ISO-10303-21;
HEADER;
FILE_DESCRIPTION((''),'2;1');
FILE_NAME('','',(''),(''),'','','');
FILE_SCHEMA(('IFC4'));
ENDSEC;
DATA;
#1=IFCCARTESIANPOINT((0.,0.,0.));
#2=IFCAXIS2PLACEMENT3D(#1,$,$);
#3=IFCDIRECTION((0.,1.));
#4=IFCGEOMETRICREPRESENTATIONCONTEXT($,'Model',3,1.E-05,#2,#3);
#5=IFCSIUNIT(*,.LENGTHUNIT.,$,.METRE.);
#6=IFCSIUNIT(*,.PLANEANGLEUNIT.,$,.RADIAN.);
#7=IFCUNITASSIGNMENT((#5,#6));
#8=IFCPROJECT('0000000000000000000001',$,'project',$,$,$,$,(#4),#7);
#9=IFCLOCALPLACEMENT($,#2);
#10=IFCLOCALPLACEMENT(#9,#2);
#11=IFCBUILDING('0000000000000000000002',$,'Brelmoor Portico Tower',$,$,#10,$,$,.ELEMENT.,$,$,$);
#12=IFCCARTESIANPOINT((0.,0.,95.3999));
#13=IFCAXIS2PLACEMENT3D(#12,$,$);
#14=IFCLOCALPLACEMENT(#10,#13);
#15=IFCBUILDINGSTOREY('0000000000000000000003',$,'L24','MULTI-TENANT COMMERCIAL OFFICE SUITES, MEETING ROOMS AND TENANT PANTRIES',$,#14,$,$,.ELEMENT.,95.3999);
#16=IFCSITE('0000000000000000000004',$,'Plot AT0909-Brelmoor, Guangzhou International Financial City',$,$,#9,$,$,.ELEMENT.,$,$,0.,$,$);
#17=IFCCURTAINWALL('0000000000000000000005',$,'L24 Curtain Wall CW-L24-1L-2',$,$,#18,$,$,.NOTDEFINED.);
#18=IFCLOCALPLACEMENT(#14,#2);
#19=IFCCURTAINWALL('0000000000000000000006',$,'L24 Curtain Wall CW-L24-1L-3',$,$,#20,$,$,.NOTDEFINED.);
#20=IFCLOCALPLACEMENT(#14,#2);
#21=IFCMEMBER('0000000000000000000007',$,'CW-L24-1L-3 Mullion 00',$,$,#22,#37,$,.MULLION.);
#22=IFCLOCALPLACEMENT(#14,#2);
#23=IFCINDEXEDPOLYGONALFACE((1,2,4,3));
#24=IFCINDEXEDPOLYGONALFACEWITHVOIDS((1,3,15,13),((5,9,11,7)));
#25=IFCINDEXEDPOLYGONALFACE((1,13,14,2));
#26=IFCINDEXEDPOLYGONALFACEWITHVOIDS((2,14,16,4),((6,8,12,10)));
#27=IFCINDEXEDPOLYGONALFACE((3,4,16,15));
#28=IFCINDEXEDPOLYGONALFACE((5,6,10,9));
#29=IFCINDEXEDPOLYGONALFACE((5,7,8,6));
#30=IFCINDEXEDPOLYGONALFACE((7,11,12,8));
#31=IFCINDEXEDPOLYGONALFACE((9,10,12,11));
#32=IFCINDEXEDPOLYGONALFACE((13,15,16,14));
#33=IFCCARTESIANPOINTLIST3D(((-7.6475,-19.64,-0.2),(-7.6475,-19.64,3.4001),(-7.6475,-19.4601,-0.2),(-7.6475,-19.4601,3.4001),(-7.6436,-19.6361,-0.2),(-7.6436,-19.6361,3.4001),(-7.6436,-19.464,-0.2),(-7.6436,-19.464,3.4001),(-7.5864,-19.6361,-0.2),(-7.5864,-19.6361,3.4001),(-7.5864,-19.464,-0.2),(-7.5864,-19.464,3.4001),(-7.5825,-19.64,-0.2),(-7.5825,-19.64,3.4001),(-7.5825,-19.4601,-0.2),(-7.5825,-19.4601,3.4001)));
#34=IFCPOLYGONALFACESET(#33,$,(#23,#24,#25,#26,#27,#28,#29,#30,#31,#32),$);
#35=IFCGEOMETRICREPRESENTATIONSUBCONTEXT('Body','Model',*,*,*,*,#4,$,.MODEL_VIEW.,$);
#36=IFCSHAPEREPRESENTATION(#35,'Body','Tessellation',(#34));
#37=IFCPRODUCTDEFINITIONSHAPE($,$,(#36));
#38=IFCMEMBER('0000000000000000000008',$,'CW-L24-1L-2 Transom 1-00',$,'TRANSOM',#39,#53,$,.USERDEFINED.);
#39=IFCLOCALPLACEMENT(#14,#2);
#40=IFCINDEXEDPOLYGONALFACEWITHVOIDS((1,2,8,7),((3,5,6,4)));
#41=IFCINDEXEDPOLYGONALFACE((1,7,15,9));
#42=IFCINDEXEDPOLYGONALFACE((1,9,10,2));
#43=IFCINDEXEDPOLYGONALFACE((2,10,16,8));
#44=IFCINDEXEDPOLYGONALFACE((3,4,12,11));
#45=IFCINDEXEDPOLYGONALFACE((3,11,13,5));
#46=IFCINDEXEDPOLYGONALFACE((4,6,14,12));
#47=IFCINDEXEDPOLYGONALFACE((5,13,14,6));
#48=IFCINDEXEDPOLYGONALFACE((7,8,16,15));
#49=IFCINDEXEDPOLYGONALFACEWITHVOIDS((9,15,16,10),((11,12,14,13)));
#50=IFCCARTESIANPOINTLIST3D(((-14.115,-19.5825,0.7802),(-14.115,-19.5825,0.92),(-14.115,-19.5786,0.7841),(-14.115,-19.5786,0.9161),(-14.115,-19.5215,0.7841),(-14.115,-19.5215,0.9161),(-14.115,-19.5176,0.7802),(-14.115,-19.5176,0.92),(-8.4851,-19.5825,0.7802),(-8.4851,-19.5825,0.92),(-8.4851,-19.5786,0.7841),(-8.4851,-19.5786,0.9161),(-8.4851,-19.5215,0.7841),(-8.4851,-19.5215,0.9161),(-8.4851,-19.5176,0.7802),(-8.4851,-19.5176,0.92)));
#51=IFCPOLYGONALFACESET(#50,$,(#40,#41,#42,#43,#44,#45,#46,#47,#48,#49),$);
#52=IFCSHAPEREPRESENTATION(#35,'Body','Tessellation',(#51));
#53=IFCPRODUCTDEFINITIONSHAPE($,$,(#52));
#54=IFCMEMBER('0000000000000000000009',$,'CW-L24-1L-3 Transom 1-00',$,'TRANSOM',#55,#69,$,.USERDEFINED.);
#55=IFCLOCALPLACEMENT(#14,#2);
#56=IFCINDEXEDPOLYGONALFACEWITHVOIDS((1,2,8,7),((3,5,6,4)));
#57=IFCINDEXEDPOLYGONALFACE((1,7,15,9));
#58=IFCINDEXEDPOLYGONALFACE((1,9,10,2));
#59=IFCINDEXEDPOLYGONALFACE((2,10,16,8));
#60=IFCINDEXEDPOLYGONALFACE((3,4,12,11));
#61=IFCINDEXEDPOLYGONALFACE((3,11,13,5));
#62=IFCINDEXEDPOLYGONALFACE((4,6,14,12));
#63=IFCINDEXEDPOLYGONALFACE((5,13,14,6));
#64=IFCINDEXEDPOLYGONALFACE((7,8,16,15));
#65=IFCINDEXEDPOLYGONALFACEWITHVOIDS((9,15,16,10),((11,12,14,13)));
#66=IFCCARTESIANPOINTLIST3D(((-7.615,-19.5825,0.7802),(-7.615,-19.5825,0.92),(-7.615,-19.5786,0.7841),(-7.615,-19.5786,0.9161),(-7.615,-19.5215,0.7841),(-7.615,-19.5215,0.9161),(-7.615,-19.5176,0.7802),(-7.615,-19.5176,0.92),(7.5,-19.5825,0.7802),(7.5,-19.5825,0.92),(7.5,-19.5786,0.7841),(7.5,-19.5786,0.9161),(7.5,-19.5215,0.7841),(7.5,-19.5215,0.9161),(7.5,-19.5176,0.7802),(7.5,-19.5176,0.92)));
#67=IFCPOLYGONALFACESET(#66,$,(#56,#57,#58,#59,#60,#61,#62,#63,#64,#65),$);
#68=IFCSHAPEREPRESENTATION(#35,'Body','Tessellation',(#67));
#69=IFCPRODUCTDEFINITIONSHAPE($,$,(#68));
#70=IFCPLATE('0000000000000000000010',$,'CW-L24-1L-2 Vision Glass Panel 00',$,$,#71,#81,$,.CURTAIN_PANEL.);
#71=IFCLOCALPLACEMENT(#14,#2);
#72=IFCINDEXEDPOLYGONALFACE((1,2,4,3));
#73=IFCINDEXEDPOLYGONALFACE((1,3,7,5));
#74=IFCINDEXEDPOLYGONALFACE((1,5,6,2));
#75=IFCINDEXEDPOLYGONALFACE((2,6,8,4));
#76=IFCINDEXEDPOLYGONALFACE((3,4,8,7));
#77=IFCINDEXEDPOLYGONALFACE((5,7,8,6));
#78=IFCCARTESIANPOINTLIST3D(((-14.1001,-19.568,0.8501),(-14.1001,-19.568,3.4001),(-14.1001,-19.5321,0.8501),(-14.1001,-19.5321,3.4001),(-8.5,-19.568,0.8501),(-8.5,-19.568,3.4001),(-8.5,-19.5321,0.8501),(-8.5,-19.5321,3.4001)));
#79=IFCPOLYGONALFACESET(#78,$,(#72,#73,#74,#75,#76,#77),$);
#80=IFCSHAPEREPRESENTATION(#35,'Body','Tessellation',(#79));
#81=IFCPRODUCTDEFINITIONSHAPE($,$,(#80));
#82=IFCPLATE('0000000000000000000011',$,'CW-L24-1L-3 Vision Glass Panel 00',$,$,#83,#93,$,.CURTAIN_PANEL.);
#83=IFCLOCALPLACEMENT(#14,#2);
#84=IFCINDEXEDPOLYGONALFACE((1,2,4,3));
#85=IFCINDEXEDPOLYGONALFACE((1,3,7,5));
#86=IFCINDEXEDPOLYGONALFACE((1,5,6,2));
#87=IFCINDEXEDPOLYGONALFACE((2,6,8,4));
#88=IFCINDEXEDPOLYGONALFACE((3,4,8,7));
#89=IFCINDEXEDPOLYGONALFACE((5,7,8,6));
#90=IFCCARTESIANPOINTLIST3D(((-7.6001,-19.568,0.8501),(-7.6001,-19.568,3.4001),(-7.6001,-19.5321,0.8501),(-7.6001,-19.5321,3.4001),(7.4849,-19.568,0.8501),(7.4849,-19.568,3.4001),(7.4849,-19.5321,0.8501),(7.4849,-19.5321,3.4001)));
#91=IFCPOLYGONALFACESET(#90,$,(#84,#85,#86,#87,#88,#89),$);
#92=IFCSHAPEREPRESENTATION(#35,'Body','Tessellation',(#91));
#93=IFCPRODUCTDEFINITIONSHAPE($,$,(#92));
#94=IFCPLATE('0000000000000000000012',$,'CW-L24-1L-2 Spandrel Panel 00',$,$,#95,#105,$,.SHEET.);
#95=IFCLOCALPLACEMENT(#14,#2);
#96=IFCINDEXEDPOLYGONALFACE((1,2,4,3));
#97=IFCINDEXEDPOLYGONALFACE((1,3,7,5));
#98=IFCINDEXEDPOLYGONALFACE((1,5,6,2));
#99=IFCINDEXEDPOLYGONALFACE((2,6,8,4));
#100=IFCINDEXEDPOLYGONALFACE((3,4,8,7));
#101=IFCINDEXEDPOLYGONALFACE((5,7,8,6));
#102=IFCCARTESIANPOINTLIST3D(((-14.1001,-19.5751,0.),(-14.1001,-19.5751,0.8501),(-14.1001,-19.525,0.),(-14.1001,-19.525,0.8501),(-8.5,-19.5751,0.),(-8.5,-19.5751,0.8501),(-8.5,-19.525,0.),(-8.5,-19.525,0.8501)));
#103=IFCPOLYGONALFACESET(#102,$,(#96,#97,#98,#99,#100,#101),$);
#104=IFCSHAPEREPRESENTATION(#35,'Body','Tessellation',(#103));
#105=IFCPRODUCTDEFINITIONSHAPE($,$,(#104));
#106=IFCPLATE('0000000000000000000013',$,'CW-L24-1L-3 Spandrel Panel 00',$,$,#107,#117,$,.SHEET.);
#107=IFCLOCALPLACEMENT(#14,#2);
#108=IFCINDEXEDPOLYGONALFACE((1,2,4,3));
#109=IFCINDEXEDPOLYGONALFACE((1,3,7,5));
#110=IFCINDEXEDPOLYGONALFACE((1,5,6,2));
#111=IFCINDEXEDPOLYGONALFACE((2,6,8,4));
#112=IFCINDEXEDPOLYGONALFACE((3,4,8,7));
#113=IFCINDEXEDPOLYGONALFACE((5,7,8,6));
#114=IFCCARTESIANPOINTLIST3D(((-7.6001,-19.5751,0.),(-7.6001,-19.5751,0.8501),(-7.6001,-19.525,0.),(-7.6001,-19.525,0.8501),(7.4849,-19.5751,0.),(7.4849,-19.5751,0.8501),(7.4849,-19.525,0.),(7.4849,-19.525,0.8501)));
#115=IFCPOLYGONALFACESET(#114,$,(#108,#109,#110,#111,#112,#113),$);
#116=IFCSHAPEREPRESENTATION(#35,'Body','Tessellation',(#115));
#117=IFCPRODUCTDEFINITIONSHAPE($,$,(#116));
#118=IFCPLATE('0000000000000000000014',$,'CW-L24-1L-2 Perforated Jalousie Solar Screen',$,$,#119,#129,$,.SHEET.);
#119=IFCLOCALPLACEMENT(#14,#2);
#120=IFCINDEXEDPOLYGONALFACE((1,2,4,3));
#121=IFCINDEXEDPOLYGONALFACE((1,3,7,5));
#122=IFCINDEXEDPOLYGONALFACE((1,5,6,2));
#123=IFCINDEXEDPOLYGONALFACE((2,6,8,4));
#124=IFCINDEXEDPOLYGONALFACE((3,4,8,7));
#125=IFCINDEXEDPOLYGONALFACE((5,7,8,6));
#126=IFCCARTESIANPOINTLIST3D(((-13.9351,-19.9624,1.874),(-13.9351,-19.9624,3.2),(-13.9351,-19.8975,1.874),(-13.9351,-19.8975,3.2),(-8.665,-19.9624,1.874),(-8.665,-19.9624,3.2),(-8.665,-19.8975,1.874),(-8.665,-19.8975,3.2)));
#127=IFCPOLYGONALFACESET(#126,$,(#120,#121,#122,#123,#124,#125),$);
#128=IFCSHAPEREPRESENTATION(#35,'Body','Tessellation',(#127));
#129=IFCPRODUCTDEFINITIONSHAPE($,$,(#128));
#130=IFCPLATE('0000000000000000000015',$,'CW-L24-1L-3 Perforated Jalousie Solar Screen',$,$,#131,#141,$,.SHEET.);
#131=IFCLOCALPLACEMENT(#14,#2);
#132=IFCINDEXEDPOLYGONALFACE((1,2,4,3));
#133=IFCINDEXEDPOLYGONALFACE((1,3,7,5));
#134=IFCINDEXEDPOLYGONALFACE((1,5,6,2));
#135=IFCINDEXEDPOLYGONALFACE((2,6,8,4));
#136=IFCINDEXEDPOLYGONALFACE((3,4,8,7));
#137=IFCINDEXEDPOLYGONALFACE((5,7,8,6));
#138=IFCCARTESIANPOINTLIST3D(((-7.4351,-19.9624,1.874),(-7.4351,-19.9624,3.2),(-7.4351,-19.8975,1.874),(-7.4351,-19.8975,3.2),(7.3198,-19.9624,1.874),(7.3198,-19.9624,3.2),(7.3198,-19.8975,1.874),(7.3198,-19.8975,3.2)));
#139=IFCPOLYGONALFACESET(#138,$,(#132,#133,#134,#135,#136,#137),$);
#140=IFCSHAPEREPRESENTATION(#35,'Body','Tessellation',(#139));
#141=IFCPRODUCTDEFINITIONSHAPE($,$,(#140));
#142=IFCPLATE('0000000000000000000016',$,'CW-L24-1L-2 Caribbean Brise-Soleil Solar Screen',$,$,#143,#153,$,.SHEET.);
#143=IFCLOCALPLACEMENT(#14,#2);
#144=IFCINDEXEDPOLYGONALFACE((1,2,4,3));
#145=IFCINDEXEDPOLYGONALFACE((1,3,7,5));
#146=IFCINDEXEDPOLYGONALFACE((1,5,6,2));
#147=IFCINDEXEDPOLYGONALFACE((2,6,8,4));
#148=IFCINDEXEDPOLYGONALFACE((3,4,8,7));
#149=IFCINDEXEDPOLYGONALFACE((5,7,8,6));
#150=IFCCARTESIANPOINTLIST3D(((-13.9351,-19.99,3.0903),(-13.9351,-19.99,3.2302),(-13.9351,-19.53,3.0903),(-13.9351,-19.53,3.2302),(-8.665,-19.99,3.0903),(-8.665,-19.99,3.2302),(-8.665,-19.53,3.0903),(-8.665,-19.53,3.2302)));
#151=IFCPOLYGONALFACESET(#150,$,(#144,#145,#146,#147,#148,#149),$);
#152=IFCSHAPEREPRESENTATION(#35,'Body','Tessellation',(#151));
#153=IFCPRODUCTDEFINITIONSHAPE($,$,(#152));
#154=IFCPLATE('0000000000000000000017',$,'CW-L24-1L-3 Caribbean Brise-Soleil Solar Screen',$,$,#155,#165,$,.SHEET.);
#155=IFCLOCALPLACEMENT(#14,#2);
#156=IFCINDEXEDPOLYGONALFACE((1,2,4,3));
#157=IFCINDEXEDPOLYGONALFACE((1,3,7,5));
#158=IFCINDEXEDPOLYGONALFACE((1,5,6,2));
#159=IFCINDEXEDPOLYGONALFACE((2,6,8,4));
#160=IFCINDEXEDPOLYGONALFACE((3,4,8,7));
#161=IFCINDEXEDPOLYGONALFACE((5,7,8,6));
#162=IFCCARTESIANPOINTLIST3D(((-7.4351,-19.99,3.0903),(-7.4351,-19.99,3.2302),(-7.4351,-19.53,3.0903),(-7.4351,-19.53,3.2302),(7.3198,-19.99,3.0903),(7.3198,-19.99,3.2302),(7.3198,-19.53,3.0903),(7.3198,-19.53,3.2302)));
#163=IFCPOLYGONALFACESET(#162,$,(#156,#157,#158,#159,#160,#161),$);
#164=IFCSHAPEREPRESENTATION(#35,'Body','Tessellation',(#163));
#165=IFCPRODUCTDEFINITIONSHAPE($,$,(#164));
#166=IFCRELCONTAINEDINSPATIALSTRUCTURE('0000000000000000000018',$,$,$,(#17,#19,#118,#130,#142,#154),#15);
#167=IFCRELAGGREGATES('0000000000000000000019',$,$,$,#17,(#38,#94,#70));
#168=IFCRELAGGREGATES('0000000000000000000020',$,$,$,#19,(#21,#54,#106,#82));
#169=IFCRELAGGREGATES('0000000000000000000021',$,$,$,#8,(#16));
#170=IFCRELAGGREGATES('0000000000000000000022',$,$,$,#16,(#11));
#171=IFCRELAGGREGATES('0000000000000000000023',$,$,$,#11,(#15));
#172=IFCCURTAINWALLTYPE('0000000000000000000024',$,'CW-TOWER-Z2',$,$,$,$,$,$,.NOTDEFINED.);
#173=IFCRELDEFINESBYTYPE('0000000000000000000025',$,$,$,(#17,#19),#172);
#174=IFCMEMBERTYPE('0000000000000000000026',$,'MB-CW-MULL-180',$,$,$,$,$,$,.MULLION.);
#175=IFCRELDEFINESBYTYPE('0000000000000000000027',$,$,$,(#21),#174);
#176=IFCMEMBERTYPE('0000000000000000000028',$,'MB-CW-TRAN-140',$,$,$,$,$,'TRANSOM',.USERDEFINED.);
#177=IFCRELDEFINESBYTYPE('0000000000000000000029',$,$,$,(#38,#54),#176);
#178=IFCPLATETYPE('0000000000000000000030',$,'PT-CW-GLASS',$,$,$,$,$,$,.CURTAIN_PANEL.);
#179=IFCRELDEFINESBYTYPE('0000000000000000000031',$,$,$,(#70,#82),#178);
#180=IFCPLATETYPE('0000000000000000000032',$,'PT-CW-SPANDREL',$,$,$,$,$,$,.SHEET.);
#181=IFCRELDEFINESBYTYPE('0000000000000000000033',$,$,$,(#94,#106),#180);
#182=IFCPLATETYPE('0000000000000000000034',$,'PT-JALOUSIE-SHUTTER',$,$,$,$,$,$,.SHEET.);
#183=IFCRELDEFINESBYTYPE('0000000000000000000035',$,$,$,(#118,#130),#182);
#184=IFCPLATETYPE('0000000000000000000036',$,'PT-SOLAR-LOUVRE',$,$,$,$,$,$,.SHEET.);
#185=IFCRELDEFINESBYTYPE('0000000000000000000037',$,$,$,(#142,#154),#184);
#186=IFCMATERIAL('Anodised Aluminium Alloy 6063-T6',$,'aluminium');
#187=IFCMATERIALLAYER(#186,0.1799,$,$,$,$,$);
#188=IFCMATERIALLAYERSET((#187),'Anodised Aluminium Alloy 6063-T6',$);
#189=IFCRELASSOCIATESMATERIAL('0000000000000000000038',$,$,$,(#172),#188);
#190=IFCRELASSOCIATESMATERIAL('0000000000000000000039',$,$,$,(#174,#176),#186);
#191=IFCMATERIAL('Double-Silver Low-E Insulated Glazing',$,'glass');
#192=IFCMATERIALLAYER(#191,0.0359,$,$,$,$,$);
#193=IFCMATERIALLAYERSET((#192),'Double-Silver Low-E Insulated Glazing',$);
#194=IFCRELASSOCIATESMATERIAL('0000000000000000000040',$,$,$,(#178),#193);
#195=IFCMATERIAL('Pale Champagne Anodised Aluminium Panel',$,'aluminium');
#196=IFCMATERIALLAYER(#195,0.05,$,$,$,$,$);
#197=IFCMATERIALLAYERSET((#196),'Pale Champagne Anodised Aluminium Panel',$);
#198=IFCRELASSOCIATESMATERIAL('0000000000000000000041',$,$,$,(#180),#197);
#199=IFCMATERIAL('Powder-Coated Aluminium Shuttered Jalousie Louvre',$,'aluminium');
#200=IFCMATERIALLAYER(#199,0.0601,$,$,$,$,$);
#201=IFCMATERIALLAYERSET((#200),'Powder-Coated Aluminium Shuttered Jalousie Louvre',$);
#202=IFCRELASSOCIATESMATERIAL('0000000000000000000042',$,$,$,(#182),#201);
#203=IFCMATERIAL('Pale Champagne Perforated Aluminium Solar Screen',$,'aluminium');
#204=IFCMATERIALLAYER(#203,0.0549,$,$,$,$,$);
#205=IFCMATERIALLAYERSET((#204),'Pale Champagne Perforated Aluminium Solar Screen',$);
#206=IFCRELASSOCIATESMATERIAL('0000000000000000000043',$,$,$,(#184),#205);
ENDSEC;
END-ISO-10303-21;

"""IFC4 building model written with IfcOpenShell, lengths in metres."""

from ifc_helpers import new_model, si_unit, direction, frame, origin, origin_2d, place, context, subcontext, project, spatial, rectangle, hollow_rectangle, extrude, material, layer, layer_set, material_profile, profile_set, type_object, element, aggregate, save


model = new_model("IFC4")

# Units and contexts
model_context = context("Model", 3, precision=1e-05, world=origin(), true_north=direction((0.0, 1.0)))
body_context = subcontext(model_context, "Body", "Model", "MODEL_VIEW")
ifc_project = project(units=[si_unit("LENGTHUNIT", "METRE"), si_unit("PLANEANGLEUNIT", "RADIAN")], contexts=[model_context])

# Site, building, storey
site_placement = place(None, origin())
site = spatial("IfcSite", under=ifc_project, at=site_placement, Name="Plot AT0909-Brelmoor, Guangzhou International Financial City", CompositionType="ELEMENT", RefElevation=0.0)
building_placement = place(site_placement, origin())
building = spatial("IfcBuilding", under=site, at=building_placement, Name="Brelmoor Portico Tower", CompositionType="ELEMENT")
storey_placement = place(building_placement, frame((0.0, 0.0, 95.3999)))
storey = spatial("IfcBuildingStorey", under=building, at=storey_placement, Name="L24", Description="MULTI-TENANT COMMERCIAL OFFICE SUITES, MEETING ROOMS AND TENANT PANTRIES", CompositionType="ELEMENT", Elevation=95.3999)

# Curtain wall
ifc_material_1 = material(Name="Anodised Aluminium Alloy 6063-T6", Category="aluminium")
ifc_layer_1 = layer(ifc_material_1, 0.1799)
ifc_layer_set_1 = layer_set([ifc_layer_1], Name="Anodised Aluminium Alloy 6063-T6")
curtain_wall_type = type_object("IfcCurtainWallType", Name="CW-TOWER-Z2", PredefinedType="NOTDEFINED", material=ifc_layer_set_1)
curtain_wall_1_placement = place(storey_placement, origin())
curtain_wall_1 = element("IfcCurtainWall", 1, at=curtain_wall_1_placement, inside=storey, type_object=curtain_wall_type, Name="L24 Curtain Wall CW-L24-1L-2", PredefinedType="NOTDEFINED")
ifc_material_profile_1 = material_profile(ifc_material_1, hollow_rectangle(XDim=0.0649, YDim=0.1799, WallThickness=0.0039, at=origin_2d()), Name="ALU MULLION 65x180")
ifc_profile_set_1 = profile_set([ifc_material_profile_1], Name="Anodised Aluminium Alloy 6063-T6")
member_type_1 = type_object("IfcMemberType", Name="MB-CW-MULL-180", PredefinedType="MULLION", material=ifc_profile_set_1)

# Curtain wall, member
curtain_wall_2_placement = place(storey_placement, origin())
curtain_wall_2 = element("IfcCurtainWall", 2, at=curtain_wall_2_placement, inside=storey, type_object=curtain_wall_type, Name="L24 Curtain Wall CW-L24-1L-3", PredefinedType="NOTDEFINED")
member_1_placement = place(storey_placement, frame((-7.615, -19.55, -0.2), z_axis=(0.0, 0.0, 1.0), x_axis=(1.0, 0.0, 0.0)))
member_1 = element("IfcMember", 3, at=member_1_placement, type_object=member_type_1, Name="CW-L24-1L-3 Mullion 00", PredefinedType="MULLION", context=body_context, shape_type="SweptSolid", body=[
    extrude(hollow_rectangle(XDim=0.0649, YDim=0.1799, WallThickness=0.0039, at=origin_2d()), origin(), (0.0, 0.0, 1.0), 3.6001),
])

# Members
ifc_material_profile_2 = material_profile(ifc_material_1, hollow_rectangle(XDim=0.0649, YDim=0.1399, WallThickness=0.0039, at=origin_2d()), Name="ALU TRANSOM 65x140")
ifc_profile_set_2 = profile_set([ifc_material_profile_2], Name="Anodised Aluminium Alloy 6063-T6")
member_type_2 = type_object("IfcMemberType", Name="MB-CW-TRAN-140", ElementType="TRANSOM", PredefinedType="USERDEFINED", material=ifc_profile_set_2)
member_2_placement = place(storey_placement, frame((-14.115, -19.55, 0.8501), z_axis=(1.0, 0.0, 0.0), x_axis=(0.0, 1.0, 0.0)))
member_2 = element("IfcMember", 4, at=member_2_placement, type_object=member_type_2, Name="CW-L24-1L-2 Transom 1-00", ObjectType="TRANSOM", PredefinedType="USERDEFINED", context=body_context, shape_type="SweptSolid", body=[
    extrude(hollow_rectangle(XDim=0.0649, YDim=0.1399, WallThickness=0.0039, at=origin_2d()), origin(), (0.0, 0.0, 1.0), 5.6299),
])
member_3_placement = place(storey_placement, frame((-7.615, -19.55, 0.8501), z_axis=(1.0, 0.0, 0.0), x_axis=(0.0, 1.0, 0.0)))
member_3 = element("IfcMember", 5, at=member_3_placement, type_object=member_type_2, Name="CW-L24-1L-3 Transom 1-00", ObjectType="TRANSOM", PredefinedType="USERDEFINED", context=body_context, shape_type="SweptSolid", body=[
    extrude(hollow_rectangle(XDim=0.0649, YDim=0.1399, WallThickness=0.0039, at=origin_2d()), origin(), (0.0, 0.0, 1.0), 15.115),
])

# Plates
ifc_material_2 = material(Name="Double-Silver Low-E Insulated Glazing", Category="glass")
ifc_layer_2 = layer(ifc_material_2, 0.0359)
ifc_layer_set_2 = layer_set([ifc_layer_2], Name="Double-Silver Low-E Insulated Glazing")
plate_type_1 = type_object("IfcPlateType", Name="PT-CW-GLASS", PredefinedType="CURTAIN_PANEL", material=ifc_layer_set_2)
plate_1_placement = place(storey_placement, frame((-11.3, -19.55, 0.8501), z_axis=(0.0, 0.0, 1.0), x_axis=(1.0, 0.0, 0.0)))
plate_1 = element("IfcPlate", 6, at=plate_1_placement, type_object=plate_type_1, Name="CW-L24-1L-2 Vision Glass Panel 00", PredefinedType="CURTAIN_PANEL", context=body_context, shape_type="SweptSolid", body=[
    extrude(rectangle(XDim=5.6001, YDim=0.0359, at=origin_2d()), origin(), (0.0, 0.0, 1.0), 2.55),
])
plate_2_placement = place(storey_placement, frame((-0.0576, -19.55, 0.8501), z_axis=(0.0, 0.0, 1.0), x_axis=(1.0, 0.0, 0.0)))
plate_2 = element("IfcPlate", 7, at=plate_2_placement, type_object=plate_type_1, Name="CW-L24-1L-3 Vision Glass Panel 00", PredefinedType="CURTAIN_PANEL", context=body_context, shape_type="SweptSolid", body=[
    extrude(rectangle(XDim=15.085, YDim=0.0359, at=origin_2d()), origin(), (0.0, 0.0, 1.0), 2.55),
])
ifc_material_3 = material(Name="Pale Champagne Anodised Aluminium Panel", Category="aluminium")
ifc_layer_3 = layer(ifc_material_3, 0.05)
ifc_layer_set_3 = layer_set([ifc_layer_3], Name="Pale Champagne Anodised Aluminium Panel")
plate_type_2 = type_object("IfcPlateType", Name="PT-CW-SPANDREL", PredefinedType="SHEET", material=ifc_layer_set_3)
plate_3_placement = place(storey_placement, frame((-11.3, -19.55, 0.0), z_axis=(0.0, 0.0, 1.0), x_axis=(1.0, 0.0, 0.0)))
plate_3 = element("IfcPlate", 8, at=plate_3_placement, type_object=plate_type_2, Name="CW-L24-1L-2 Spandrel Panel 00", PredefinedType="SHEET", context=body_context, shape_type="SweptSolid", body=[
    extrude(rectangle(XDim=5.6001, YDim=0.05, at=origin_2d()), origin(), (0.0, 0.0, 1.0), 0.8501),
])
aggregate(curtain_wall_1, [member_2, plate_3, plate_1])
plate_4_placement = place(storey_placement, frame((-0.0576, -19.55, 0.0), z_axis=(0.0, 0.0, 1.0), x_axis=(1.0, 0.0, 0.0)))
plate_4 = element("IfcPlate", 9, at=plate_4_placement, type_object=plate_type_2, Name="CW-L24-1L-3 Spandrel Panel 00", PredefinedType="SHEET", context=body_context, shape_type="SweptSolid", body=[
    extrude(rectangle(XDim=15.085, YDim=0.05, at=origin_2d()), origin(), (0.0, 0.0, 1.0), 0.8501),
])
aggregate(curtain_wall_2, [member_1, member_3, plate_4, plate_2])

# Plates
ifc_material_4 = material(Name="Powder-Coated Aluminium Shuttered Jalousie Louvre", Category="aluminium")
ifc_layer_4 = layer(ifc_material_4, 0.0601)
ifc_layer_set_4 = layer_set([ifc_layer_4], Name="Powder-Coated Aluminium Shuttered Jalousie Louvre")
plate_type_3 = type_object("IfcPlateType", Name="PT-JALOUSIE-SHUTTER", PredefinedType="SHEET", material=ifc_layer_set_4)
plate_5_placement = place(storey_placement, frame((-11.3, -19.9299, 1.874), z_axis=(0.0, 0.0, 1.0), x_axis=(1.0, 0.0, 0.0)))
element("IfcPlate", 10, at=plate_5_placement, inside=storey, type_object=plate_type_3, Name="CW-L24-1L-2 Perforated Jalousie Solar Screen", PredefinedType="SHEET", context=body_context, shape_type="SweptSolid", body=[
    extrude(rectangle(XDim=5.27, YDim=0.0649, at=origin_2d()), origin(), (0.0, 0.0, 1.0), 1.3259),
])
plate_6_placement = place(storey_placement, frame((-0.0576, -19.9299, 1.874), z_axis=(0.0, 0.0, 1.0), x_axis=(1.0, 0.0, 0.0)))
element("IfcPlate", 11, at=plate_6_placement, inside=storey, type_object=plate_type_3, Name="CW-L24-1L-3 Perforated Jalousie Solar Screen", PredefinedType="SHEET", context=body_context, shape_type="SweptSolid", body=[
    extrude(rectangle(XDim=14.7549, YDim=0.0649, at=origin_2d()), origin(), (0.0, 0.0, 1.0), 1.3259),
])
ifc_material_5 = material(Name="Pale Champagne Perforated Aluminium Solar Screen", Category="aluminium")
ifc_layer_5 = layer(ifc_material_5, 0.0549)
ifc_layer_set_5 = layer_set([ifc_layer_5], Name="Pale Champagne Perforated Aluminium Solar Screen")
plate_type_4 = type_object("IfcPlateType", Name="PT-SOLAR-LOUVRE", PredefinedType="SHEET", material=ifc_layer_set_5)
plate_7_placement = place(storey_placement, frame((-11.3, -19.76, 3.0903), z_axis=(0.0, 0.0, 1.0), x_axis=(1.0, 0.0, 0.0)))
element("IfcPlate", 12, at=plate_7_placement, inside=storey, type_object=plate_type_4, Name="CW-L24-1L-2 Caribbean Brise-Soleil Solar Screen", PredefinedType="SHEET", context=body_context, shape_type="SweptSolid", body=[
    extrude(rectangle(XDim=5.27, YDim=0.46, at=origin_2d()), origin(), (0.0, 0.0, 1.0), 0.1399),
])
plate_8_placement = place(storey_placement, frame((-0.0576, -19.76, 3.0903), z_axis=(0.0, 0.0, 1.0), x_axis=(1.0, 0.0, 0.0)))
element("IfcPlate", 13, at=plate_8_placement, inside=storey, type_object=plate_type_4, Name="CW-L24-1L-3 Caribbean Brise-Soleil Solar Screen", PredefinedType="SHEET", context=body_context, shape_type="SweptSolid", body=[
    extrude(rectangle(XDim=14.7549, YDim=0.46, at=origin_2d()), origin(), (0.0, 0.0, 1.0), 0.1399),
])

save(model, "model.ifc")
